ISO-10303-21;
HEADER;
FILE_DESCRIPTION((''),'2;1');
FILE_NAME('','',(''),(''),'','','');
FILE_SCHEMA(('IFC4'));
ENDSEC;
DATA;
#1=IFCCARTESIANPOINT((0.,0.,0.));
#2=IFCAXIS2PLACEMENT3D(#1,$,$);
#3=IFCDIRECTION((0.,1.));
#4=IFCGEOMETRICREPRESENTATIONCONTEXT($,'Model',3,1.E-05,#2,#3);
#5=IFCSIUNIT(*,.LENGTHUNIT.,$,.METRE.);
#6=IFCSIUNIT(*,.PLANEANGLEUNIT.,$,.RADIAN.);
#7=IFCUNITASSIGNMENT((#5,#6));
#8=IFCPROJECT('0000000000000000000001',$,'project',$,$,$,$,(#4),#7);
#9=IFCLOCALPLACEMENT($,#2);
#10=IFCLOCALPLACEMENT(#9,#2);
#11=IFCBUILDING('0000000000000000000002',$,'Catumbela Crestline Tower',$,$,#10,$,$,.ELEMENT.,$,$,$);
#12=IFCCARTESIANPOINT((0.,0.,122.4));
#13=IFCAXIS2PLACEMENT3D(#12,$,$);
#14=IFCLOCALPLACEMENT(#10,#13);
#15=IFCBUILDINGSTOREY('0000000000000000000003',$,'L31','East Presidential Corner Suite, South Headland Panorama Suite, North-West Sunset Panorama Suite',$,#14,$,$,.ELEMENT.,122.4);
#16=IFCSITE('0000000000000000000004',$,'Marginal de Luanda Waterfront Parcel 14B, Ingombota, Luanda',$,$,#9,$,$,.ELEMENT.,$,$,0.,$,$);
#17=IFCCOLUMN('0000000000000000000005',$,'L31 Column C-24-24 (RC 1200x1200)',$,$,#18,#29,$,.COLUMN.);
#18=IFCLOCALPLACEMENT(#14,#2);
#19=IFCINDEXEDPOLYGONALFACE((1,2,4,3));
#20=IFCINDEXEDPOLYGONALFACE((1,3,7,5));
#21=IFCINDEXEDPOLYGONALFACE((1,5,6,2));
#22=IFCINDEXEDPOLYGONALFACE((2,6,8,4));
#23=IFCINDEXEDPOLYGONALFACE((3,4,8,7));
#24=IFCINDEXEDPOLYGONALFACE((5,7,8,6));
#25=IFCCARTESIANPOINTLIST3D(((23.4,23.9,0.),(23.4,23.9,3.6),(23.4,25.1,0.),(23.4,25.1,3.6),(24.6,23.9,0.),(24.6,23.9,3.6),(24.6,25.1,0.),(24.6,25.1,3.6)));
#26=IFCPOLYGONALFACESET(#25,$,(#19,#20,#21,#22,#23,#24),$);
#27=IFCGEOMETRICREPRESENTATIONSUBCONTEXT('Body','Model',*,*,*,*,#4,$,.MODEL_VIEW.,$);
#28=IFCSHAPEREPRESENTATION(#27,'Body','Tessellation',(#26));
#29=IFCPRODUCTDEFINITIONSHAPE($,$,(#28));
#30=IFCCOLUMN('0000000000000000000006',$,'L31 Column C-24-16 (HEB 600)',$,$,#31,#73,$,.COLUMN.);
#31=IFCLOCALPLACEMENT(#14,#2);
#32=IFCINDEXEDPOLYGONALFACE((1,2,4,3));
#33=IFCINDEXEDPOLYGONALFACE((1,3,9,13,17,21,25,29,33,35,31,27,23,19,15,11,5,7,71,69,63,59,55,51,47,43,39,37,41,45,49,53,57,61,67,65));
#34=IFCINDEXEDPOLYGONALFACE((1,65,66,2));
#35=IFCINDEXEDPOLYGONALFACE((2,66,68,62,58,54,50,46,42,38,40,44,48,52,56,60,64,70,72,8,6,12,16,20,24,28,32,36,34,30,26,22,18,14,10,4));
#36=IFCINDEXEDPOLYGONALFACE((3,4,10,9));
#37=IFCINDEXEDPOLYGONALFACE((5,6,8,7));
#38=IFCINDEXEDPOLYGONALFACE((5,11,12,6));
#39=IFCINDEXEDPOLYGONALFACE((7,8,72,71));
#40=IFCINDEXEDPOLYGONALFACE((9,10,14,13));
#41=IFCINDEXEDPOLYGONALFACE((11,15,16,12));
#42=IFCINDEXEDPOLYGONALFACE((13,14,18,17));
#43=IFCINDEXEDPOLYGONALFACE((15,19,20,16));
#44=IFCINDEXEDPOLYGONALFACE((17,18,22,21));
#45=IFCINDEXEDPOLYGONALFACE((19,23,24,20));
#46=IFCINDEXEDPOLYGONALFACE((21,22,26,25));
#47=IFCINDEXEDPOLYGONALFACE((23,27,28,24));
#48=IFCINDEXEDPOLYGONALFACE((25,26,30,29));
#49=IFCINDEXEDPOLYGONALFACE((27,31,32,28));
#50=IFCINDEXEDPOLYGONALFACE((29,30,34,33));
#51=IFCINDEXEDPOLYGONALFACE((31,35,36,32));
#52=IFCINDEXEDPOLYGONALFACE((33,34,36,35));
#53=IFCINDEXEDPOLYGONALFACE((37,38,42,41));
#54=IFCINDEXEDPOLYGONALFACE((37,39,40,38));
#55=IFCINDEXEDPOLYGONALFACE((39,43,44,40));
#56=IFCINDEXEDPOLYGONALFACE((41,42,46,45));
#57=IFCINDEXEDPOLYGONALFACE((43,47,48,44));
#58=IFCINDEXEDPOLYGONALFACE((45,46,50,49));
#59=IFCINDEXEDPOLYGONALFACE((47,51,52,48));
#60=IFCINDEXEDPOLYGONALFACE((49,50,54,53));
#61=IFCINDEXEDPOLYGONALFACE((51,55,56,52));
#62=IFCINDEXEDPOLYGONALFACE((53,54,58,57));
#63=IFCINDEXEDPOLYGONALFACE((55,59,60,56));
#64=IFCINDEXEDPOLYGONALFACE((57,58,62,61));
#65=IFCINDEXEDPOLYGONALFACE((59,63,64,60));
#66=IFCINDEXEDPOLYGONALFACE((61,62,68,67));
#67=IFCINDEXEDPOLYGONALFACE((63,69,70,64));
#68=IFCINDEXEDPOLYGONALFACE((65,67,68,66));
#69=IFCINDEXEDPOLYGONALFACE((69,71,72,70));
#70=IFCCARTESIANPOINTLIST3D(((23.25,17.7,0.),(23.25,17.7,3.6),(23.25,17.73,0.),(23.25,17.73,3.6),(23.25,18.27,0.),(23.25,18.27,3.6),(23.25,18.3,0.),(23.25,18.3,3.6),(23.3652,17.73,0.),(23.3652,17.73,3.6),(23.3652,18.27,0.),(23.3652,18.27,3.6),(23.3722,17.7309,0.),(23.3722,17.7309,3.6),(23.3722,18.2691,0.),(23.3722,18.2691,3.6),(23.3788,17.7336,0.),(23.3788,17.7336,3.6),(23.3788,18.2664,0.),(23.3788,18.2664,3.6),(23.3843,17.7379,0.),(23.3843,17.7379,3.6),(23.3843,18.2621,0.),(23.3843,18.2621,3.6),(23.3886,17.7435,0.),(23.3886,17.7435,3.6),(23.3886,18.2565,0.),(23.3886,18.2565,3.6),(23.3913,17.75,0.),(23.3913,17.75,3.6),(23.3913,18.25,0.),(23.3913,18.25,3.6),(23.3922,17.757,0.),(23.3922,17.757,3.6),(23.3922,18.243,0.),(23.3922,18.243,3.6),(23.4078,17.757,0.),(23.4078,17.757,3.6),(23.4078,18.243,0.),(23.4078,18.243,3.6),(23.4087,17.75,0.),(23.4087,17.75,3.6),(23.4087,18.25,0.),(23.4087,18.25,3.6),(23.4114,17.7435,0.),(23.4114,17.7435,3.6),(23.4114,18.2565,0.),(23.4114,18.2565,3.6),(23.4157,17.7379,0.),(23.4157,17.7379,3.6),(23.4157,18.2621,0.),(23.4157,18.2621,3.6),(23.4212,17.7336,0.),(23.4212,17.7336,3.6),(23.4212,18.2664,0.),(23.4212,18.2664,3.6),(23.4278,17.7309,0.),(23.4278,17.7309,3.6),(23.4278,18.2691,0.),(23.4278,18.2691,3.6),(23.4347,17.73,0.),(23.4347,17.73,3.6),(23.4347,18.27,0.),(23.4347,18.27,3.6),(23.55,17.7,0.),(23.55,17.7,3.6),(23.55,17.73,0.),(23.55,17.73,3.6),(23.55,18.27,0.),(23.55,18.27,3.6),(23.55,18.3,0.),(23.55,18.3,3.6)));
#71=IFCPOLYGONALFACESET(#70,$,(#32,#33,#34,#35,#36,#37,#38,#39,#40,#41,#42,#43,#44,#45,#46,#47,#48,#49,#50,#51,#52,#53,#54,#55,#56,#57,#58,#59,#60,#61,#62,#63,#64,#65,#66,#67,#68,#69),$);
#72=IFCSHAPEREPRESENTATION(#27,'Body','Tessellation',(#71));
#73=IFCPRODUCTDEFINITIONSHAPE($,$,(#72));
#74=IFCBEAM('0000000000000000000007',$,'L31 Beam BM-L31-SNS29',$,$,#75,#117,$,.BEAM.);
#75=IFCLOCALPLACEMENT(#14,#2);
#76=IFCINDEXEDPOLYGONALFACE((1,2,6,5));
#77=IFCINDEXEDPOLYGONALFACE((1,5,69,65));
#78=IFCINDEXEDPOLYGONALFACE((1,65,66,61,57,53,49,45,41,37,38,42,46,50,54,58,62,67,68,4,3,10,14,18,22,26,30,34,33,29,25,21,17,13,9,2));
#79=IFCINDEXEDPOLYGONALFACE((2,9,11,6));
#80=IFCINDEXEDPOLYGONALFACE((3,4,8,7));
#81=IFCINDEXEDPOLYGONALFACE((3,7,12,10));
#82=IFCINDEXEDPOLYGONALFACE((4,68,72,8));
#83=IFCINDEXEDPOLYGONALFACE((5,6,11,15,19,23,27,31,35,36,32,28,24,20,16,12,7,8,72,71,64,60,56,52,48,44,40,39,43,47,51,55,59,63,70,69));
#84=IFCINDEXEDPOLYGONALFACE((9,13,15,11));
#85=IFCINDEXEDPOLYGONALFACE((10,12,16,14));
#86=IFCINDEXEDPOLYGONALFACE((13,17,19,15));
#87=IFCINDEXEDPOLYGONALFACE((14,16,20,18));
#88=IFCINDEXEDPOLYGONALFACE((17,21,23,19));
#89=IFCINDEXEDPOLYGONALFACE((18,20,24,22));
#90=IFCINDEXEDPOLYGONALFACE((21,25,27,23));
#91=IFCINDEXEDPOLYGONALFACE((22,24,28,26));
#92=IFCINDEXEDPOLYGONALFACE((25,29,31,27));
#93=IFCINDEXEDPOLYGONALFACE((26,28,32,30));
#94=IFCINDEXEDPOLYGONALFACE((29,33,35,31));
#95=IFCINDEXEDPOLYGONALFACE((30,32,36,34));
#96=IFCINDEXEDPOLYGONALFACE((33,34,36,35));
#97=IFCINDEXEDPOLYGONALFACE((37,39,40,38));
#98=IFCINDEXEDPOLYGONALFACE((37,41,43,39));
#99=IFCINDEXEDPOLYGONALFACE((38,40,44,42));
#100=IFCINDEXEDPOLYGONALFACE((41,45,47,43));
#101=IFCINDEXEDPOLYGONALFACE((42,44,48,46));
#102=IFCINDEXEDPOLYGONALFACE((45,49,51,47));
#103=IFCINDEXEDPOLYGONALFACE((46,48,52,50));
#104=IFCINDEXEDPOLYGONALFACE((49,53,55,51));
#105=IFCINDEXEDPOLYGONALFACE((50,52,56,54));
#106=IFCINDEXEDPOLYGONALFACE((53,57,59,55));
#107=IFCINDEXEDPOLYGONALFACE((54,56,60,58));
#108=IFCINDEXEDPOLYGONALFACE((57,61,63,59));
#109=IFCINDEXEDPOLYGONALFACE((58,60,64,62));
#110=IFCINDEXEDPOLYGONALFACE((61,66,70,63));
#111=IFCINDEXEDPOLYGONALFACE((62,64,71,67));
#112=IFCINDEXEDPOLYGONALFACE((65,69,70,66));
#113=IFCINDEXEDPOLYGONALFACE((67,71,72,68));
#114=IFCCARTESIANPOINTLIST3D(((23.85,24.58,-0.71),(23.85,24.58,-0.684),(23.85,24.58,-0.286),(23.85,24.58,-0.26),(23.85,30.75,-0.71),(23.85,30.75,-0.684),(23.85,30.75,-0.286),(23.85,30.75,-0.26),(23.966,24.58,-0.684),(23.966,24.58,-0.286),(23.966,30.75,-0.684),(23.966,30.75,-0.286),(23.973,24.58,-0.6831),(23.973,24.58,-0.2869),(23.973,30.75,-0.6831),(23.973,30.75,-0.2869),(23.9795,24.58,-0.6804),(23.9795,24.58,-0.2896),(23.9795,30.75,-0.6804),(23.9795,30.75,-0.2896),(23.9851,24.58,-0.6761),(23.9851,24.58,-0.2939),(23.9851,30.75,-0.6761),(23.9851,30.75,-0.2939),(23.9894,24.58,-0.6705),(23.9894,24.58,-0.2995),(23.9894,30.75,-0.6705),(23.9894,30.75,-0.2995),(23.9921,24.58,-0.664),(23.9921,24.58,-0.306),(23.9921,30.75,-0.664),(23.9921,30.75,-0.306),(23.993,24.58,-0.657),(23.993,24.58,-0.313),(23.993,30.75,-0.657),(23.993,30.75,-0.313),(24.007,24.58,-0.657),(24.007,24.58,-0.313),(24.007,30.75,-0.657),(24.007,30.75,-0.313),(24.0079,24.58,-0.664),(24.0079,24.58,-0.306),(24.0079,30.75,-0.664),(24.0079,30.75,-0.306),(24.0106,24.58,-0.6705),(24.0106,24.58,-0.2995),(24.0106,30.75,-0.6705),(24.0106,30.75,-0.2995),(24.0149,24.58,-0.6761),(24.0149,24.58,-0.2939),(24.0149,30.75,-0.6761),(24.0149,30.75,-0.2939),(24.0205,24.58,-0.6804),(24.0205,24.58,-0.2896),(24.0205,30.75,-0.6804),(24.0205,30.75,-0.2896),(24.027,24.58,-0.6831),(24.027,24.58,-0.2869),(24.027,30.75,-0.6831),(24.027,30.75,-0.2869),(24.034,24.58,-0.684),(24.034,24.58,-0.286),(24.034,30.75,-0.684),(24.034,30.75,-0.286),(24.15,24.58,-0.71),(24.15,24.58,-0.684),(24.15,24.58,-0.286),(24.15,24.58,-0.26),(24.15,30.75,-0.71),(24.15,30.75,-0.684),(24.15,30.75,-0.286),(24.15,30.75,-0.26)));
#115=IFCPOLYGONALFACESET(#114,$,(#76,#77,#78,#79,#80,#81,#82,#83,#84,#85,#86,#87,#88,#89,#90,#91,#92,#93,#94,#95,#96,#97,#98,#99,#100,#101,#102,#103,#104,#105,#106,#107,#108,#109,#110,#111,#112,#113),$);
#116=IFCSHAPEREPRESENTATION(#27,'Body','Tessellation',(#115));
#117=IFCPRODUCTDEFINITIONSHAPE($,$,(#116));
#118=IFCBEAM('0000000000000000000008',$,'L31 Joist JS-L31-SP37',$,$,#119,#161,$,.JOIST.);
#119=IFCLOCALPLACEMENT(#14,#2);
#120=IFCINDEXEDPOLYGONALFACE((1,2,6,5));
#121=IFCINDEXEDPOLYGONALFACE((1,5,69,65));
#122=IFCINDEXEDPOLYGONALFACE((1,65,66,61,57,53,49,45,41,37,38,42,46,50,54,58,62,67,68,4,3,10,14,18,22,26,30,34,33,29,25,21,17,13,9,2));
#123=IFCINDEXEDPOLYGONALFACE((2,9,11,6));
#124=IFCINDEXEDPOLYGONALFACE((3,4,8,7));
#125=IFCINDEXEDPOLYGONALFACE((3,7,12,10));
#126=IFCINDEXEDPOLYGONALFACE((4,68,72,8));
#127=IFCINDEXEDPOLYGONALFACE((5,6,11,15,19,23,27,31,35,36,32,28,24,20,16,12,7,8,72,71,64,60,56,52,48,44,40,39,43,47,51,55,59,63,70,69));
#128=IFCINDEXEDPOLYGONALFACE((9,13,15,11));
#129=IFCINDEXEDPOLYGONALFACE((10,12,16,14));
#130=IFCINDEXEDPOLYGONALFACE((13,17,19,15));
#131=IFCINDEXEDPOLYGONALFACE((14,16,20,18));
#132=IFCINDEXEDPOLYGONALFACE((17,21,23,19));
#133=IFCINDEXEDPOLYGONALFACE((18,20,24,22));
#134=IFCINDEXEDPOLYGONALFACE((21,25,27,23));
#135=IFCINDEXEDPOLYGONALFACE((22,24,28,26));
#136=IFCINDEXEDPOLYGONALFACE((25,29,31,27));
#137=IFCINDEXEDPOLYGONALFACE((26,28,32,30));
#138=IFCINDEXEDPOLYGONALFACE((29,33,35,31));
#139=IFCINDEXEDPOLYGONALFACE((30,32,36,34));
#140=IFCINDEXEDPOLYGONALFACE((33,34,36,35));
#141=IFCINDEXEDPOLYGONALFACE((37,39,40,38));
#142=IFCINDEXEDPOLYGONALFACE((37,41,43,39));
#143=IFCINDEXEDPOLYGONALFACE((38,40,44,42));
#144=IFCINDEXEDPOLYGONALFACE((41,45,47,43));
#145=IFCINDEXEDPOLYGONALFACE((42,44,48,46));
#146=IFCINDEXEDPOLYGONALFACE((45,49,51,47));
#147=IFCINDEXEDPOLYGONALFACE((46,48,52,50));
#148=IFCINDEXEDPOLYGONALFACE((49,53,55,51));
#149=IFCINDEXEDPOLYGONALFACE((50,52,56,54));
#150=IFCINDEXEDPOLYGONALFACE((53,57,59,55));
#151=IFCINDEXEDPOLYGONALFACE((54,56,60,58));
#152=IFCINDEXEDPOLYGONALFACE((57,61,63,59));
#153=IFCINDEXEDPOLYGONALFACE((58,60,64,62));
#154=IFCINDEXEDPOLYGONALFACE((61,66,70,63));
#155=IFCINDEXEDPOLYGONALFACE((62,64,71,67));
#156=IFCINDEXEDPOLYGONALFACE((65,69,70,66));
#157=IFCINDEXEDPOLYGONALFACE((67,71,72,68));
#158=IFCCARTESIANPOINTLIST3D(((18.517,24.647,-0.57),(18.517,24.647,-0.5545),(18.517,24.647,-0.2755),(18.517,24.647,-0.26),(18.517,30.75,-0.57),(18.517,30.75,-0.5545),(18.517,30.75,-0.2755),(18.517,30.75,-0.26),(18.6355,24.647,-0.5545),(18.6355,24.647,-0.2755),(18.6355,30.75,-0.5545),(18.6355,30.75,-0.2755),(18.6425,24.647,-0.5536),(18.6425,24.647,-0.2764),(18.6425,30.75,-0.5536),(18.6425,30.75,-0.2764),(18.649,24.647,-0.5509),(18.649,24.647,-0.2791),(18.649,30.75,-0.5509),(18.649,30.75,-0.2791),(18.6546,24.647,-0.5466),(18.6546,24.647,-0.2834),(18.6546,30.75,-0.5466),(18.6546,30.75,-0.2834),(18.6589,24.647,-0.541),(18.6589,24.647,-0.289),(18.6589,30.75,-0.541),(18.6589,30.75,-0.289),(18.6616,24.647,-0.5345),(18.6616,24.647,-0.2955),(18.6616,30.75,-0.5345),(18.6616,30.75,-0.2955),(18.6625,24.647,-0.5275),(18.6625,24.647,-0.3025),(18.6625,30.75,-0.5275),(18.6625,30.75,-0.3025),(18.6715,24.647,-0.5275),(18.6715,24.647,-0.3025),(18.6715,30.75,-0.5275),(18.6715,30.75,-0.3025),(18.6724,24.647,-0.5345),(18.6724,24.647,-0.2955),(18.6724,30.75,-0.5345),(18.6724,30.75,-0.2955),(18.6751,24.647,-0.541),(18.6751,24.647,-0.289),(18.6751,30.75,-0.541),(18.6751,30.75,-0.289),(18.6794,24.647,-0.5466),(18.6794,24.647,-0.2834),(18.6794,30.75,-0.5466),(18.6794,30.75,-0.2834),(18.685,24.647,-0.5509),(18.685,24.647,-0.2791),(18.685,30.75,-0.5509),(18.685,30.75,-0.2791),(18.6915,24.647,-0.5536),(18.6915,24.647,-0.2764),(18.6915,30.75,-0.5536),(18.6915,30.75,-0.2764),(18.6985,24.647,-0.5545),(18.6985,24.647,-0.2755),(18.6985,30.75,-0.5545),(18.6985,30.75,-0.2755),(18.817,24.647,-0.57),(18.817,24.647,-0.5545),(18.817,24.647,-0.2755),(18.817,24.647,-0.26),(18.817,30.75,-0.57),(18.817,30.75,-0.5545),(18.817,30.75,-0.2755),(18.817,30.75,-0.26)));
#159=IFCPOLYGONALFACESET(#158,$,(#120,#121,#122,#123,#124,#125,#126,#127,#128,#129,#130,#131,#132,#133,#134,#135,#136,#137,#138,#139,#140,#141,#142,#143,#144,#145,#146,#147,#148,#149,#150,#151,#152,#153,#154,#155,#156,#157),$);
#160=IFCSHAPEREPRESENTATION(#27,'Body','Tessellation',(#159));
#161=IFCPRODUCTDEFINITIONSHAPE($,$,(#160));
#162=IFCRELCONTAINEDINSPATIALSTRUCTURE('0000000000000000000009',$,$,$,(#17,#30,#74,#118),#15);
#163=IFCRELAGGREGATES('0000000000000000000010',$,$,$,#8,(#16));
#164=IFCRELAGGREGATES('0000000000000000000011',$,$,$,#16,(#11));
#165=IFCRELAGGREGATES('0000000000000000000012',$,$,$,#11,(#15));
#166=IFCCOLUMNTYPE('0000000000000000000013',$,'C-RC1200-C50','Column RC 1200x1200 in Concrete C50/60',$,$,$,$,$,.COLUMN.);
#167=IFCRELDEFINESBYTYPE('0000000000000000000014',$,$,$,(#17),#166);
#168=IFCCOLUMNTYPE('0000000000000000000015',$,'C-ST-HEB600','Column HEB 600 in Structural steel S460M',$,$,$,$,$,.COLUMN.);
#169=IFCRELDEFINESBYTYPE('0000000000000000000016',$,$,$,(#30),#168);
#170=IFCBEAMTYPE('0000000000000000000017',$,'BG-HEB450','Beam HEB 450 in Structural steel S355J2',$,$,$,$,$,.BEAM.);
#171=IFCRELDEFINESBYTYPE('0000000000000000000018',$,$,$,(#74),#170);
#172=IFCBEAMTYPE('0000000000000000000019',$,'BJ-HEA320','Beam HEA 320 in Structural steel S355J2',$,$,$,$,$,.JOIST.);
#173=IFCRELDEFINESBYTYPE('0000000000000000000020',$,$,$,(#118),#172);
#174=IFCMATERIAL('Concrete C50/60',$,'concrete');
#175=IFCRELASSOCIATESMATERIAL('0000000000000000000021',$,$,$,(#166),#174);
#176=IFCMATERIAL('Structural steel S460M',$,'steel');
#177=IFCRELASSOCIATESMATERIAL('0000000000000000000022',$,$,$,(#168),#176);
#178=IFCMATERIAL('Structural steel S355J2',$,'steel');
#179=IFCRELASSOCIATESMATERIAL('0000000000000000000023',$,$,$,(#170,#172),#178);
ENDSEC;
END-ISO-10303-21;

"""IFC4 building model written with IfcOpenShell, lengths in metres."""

from ifc_helpers import new_model, si_unit, direction, frame, origin, origin_2d, place, context, subcontext, project, spatial, rectangle, i_section, extrude, material, material_profile, profile_set, type_object, element, save


model = new_model("IFC4")

# Units and contexts
model_context = context("Model", 3, precision=1e-05, world=origin(), true_north=direction((0.0, 1.0)))
body_context = subcontext(model_context, "Body", "Model", "MODEL_VIEW")
ifc_project = project(units=[si_unit("LENGTHUNIT", "METRE"), si_unit("PLANEANGLEUNIT", "RADIAN")], contexts=[model_context])

# Site, building, storey
site_placement = place(None, origin())
site = spatial("IfcSite", under=ifc_project, at=site_placement, Name="Marginal de Luanda Waterfront Parcel 14B, Ingombota, Luanda", CompositionType="ELEMENT", RefElevation=0.0)
building_placement = place(site_placement, origin())
building = spatial("IfcBuilding", under=site, at=building_placement, Name="Catumbela Crestline Tower", CompositionType="ELEMENT")
storey_placement = place(building_placement, frame((0.0, 0.0, 122.4)))
storey = spatial("IfcBuildingStorey", under=building, at=storey_placement, Name="L31", Description="East Presidential Corner Suite, South Headland Panorama Suite, North-West Sunset Panorama Suite", CompositionType="ELEMENT", Elevation=122.4)

# Columns
ifc_material_1 = material(Name="Concrete C50/60", Category="concrete")
ifc_material_profile_1 = material_profile(ifc_material_1, rectangle(XDim=1.2, YDim=1.2, at=origin_2d()), Name="RC 1200x1200")
ifc_profile_set_1 = profile_set([ifc_material_profile_1], Name="Concrete C50/60")
column_type_1 = type_object("IfcColumnType", Name="C-RC1200-C50", Description="Column RC 1200x1200 in Concrete C50/60", PredefinedType="COLUMN", material=ifc_profile_set_1)
column_1_placement = place(storey_placement, frame((24.0, 24.5, 0.0), z_axis=(0.0, 0.0, 1.0), x_axis=(1.0, 0.0, 0.0)))
element("IfcColumn", 1, at=column_1_placement, inside=storey, type_object=column_type_1, Name="L31 Column C-24-24 (RC 1200x1200)", PredefinedType="COLUMN", context=body_context, shape_type="SweptSolid", body=[
    extrude(rectangle(XDim=1.2, YDim=1.2, at=origin_2d()), origin(), (0.0, 0.0, 1.0), 3.6),
])
ifc_material_2 = material(Name="Structural steel S460M", Category="steel")
ifc_material_profile_2 = material_profile(ifc_material_2, i_section(OverallWidth=0.3, OverallDepth=0.6, WebThickness=0.0155, FlangeThickness=0.03, FilletRadius=0.027, at=origin_2d()), Name="HEB 600")
ifc_profile_set_2 = profile_set([ifc_material_profile_2], Name="Structural steel S460M")
column_type_2 = type_object("IfcColumnType", Name="C-ST-HEB600", Description="Column HEB 600 in Structural steel S460M", PredefinedType="COLUMN", material=ifc_profile_set_2)
column_2_placement = place(storey_placement, frame((23.4, 18.0, 0.0), z_axis=(0.0, 0.0, 1.0), x_axis=(1.0, 0.0, 0.0)))
element("IfcColumn", 2, at=column_2_placement, inside=storey, type_object=column_type_2, Name="L31 Column C-24-16 (HEB 600)", PredefinedType="COLUMN", context=body_context, shape_type="SweptSolid", body=[
    extrude(i_section(OverallWidth=0.3, OverallDepth=0.6, WebThickness=0.0155, FlangeThickness=0.03, FilletRadius=0.027, at=origin_2d()), origin(), (0.0, 0.0, 1.0), 3.6),
])

# Beams
ifc_material_3 = material(Name="Structural steel S355J2", Category="steel")
ifc_material_profile_3 = material_profile(ifc_material_3, i_section(OverallWidth=0.3, OverallDepth=0.45, WebThickness=0.014, FlangeThickness=0.026, FilletRadius=0.027, at=origin_2d()), Name="HEB 450")
ifc_profile_set_3 = profile_set([ifc_material_profile_3], Name="Structural steel S355J2")
beam_type_1 = type_object("IfcBeamType", Name="BG-HEB450", Description="Beam HEB 450 in Structural steel S355J2", PredefinedType="BEAM", material=ifc_profile_set_3)
beam_1_placement = place(storey_placement, frame((24.0, 24.58, -0.485), z_axis=(0.0, 1.0, 0.0), x_axis=(-1.0, 0.0, 0.0)))
element("IfcBeam", 3, at=beam_1_placement, inside=storey, type_object=beam_type_1, Name="L31 Beam BM-L31-SNS29", PredefinedType="BEAM", context=body_context, shape_type="SweptSolid", body=[
    extrude(i_section(OverallWidth=0.3, OverallDepth=0.45, WebThickness=0.014, FlangeThickness=0.026, FilletRadius=0.027, at=origin_2d()), origin(), (0.0, 0.0, 1.0), 6.17),
])
ifc_material_profile_4 = material_profile(ifc_material_3, i_section(OverallWidth=0.3, OverallDepth=0.31, WebThickness=0.009, FlangeThickness=0.0155, FilletRadius=0.027, at=origin_2d()), Name="HEA 320")
ifc_profile_set_4 = profile_set([ifc_material_profile_4], Name="Structural steel S355J2")
beam_type_2 = type_object("IfcBeamType", Name="BJ-HEA320", Description="Beam HEA 320 in Structural steel S355J2", PredefinedType="JOIST", material=ifc_profile_set_4)
for number, where, z_axis, x_axis, name in (
    (4, (18.667, 24.647, -0.415), (0.0, 1.0, 0.0), (-1.0, 0.0, 0.0), "L31 Joist JS-L31-SP37"),
):
    element("IfcBeam", number, at=place(storey_placement, frame(where, z_axis=z_axis, x_axis=x_axis)), inside=storey, type_object=beam_type_2, Name=name, PredefinedType="JOIST", context=body_context, shape_type="SweptSolid", body=[
        extrude(i_section(OverallWidth=0.3, OverallDepth=0.31, WebThickness=0.009, FlangeThickness=0.0155, FilletRadius=0.027, at=origin_2d()), origin(), (0.0, 0.0, 1.0), 6.103),
    ])

save(model, "model.ifc")
